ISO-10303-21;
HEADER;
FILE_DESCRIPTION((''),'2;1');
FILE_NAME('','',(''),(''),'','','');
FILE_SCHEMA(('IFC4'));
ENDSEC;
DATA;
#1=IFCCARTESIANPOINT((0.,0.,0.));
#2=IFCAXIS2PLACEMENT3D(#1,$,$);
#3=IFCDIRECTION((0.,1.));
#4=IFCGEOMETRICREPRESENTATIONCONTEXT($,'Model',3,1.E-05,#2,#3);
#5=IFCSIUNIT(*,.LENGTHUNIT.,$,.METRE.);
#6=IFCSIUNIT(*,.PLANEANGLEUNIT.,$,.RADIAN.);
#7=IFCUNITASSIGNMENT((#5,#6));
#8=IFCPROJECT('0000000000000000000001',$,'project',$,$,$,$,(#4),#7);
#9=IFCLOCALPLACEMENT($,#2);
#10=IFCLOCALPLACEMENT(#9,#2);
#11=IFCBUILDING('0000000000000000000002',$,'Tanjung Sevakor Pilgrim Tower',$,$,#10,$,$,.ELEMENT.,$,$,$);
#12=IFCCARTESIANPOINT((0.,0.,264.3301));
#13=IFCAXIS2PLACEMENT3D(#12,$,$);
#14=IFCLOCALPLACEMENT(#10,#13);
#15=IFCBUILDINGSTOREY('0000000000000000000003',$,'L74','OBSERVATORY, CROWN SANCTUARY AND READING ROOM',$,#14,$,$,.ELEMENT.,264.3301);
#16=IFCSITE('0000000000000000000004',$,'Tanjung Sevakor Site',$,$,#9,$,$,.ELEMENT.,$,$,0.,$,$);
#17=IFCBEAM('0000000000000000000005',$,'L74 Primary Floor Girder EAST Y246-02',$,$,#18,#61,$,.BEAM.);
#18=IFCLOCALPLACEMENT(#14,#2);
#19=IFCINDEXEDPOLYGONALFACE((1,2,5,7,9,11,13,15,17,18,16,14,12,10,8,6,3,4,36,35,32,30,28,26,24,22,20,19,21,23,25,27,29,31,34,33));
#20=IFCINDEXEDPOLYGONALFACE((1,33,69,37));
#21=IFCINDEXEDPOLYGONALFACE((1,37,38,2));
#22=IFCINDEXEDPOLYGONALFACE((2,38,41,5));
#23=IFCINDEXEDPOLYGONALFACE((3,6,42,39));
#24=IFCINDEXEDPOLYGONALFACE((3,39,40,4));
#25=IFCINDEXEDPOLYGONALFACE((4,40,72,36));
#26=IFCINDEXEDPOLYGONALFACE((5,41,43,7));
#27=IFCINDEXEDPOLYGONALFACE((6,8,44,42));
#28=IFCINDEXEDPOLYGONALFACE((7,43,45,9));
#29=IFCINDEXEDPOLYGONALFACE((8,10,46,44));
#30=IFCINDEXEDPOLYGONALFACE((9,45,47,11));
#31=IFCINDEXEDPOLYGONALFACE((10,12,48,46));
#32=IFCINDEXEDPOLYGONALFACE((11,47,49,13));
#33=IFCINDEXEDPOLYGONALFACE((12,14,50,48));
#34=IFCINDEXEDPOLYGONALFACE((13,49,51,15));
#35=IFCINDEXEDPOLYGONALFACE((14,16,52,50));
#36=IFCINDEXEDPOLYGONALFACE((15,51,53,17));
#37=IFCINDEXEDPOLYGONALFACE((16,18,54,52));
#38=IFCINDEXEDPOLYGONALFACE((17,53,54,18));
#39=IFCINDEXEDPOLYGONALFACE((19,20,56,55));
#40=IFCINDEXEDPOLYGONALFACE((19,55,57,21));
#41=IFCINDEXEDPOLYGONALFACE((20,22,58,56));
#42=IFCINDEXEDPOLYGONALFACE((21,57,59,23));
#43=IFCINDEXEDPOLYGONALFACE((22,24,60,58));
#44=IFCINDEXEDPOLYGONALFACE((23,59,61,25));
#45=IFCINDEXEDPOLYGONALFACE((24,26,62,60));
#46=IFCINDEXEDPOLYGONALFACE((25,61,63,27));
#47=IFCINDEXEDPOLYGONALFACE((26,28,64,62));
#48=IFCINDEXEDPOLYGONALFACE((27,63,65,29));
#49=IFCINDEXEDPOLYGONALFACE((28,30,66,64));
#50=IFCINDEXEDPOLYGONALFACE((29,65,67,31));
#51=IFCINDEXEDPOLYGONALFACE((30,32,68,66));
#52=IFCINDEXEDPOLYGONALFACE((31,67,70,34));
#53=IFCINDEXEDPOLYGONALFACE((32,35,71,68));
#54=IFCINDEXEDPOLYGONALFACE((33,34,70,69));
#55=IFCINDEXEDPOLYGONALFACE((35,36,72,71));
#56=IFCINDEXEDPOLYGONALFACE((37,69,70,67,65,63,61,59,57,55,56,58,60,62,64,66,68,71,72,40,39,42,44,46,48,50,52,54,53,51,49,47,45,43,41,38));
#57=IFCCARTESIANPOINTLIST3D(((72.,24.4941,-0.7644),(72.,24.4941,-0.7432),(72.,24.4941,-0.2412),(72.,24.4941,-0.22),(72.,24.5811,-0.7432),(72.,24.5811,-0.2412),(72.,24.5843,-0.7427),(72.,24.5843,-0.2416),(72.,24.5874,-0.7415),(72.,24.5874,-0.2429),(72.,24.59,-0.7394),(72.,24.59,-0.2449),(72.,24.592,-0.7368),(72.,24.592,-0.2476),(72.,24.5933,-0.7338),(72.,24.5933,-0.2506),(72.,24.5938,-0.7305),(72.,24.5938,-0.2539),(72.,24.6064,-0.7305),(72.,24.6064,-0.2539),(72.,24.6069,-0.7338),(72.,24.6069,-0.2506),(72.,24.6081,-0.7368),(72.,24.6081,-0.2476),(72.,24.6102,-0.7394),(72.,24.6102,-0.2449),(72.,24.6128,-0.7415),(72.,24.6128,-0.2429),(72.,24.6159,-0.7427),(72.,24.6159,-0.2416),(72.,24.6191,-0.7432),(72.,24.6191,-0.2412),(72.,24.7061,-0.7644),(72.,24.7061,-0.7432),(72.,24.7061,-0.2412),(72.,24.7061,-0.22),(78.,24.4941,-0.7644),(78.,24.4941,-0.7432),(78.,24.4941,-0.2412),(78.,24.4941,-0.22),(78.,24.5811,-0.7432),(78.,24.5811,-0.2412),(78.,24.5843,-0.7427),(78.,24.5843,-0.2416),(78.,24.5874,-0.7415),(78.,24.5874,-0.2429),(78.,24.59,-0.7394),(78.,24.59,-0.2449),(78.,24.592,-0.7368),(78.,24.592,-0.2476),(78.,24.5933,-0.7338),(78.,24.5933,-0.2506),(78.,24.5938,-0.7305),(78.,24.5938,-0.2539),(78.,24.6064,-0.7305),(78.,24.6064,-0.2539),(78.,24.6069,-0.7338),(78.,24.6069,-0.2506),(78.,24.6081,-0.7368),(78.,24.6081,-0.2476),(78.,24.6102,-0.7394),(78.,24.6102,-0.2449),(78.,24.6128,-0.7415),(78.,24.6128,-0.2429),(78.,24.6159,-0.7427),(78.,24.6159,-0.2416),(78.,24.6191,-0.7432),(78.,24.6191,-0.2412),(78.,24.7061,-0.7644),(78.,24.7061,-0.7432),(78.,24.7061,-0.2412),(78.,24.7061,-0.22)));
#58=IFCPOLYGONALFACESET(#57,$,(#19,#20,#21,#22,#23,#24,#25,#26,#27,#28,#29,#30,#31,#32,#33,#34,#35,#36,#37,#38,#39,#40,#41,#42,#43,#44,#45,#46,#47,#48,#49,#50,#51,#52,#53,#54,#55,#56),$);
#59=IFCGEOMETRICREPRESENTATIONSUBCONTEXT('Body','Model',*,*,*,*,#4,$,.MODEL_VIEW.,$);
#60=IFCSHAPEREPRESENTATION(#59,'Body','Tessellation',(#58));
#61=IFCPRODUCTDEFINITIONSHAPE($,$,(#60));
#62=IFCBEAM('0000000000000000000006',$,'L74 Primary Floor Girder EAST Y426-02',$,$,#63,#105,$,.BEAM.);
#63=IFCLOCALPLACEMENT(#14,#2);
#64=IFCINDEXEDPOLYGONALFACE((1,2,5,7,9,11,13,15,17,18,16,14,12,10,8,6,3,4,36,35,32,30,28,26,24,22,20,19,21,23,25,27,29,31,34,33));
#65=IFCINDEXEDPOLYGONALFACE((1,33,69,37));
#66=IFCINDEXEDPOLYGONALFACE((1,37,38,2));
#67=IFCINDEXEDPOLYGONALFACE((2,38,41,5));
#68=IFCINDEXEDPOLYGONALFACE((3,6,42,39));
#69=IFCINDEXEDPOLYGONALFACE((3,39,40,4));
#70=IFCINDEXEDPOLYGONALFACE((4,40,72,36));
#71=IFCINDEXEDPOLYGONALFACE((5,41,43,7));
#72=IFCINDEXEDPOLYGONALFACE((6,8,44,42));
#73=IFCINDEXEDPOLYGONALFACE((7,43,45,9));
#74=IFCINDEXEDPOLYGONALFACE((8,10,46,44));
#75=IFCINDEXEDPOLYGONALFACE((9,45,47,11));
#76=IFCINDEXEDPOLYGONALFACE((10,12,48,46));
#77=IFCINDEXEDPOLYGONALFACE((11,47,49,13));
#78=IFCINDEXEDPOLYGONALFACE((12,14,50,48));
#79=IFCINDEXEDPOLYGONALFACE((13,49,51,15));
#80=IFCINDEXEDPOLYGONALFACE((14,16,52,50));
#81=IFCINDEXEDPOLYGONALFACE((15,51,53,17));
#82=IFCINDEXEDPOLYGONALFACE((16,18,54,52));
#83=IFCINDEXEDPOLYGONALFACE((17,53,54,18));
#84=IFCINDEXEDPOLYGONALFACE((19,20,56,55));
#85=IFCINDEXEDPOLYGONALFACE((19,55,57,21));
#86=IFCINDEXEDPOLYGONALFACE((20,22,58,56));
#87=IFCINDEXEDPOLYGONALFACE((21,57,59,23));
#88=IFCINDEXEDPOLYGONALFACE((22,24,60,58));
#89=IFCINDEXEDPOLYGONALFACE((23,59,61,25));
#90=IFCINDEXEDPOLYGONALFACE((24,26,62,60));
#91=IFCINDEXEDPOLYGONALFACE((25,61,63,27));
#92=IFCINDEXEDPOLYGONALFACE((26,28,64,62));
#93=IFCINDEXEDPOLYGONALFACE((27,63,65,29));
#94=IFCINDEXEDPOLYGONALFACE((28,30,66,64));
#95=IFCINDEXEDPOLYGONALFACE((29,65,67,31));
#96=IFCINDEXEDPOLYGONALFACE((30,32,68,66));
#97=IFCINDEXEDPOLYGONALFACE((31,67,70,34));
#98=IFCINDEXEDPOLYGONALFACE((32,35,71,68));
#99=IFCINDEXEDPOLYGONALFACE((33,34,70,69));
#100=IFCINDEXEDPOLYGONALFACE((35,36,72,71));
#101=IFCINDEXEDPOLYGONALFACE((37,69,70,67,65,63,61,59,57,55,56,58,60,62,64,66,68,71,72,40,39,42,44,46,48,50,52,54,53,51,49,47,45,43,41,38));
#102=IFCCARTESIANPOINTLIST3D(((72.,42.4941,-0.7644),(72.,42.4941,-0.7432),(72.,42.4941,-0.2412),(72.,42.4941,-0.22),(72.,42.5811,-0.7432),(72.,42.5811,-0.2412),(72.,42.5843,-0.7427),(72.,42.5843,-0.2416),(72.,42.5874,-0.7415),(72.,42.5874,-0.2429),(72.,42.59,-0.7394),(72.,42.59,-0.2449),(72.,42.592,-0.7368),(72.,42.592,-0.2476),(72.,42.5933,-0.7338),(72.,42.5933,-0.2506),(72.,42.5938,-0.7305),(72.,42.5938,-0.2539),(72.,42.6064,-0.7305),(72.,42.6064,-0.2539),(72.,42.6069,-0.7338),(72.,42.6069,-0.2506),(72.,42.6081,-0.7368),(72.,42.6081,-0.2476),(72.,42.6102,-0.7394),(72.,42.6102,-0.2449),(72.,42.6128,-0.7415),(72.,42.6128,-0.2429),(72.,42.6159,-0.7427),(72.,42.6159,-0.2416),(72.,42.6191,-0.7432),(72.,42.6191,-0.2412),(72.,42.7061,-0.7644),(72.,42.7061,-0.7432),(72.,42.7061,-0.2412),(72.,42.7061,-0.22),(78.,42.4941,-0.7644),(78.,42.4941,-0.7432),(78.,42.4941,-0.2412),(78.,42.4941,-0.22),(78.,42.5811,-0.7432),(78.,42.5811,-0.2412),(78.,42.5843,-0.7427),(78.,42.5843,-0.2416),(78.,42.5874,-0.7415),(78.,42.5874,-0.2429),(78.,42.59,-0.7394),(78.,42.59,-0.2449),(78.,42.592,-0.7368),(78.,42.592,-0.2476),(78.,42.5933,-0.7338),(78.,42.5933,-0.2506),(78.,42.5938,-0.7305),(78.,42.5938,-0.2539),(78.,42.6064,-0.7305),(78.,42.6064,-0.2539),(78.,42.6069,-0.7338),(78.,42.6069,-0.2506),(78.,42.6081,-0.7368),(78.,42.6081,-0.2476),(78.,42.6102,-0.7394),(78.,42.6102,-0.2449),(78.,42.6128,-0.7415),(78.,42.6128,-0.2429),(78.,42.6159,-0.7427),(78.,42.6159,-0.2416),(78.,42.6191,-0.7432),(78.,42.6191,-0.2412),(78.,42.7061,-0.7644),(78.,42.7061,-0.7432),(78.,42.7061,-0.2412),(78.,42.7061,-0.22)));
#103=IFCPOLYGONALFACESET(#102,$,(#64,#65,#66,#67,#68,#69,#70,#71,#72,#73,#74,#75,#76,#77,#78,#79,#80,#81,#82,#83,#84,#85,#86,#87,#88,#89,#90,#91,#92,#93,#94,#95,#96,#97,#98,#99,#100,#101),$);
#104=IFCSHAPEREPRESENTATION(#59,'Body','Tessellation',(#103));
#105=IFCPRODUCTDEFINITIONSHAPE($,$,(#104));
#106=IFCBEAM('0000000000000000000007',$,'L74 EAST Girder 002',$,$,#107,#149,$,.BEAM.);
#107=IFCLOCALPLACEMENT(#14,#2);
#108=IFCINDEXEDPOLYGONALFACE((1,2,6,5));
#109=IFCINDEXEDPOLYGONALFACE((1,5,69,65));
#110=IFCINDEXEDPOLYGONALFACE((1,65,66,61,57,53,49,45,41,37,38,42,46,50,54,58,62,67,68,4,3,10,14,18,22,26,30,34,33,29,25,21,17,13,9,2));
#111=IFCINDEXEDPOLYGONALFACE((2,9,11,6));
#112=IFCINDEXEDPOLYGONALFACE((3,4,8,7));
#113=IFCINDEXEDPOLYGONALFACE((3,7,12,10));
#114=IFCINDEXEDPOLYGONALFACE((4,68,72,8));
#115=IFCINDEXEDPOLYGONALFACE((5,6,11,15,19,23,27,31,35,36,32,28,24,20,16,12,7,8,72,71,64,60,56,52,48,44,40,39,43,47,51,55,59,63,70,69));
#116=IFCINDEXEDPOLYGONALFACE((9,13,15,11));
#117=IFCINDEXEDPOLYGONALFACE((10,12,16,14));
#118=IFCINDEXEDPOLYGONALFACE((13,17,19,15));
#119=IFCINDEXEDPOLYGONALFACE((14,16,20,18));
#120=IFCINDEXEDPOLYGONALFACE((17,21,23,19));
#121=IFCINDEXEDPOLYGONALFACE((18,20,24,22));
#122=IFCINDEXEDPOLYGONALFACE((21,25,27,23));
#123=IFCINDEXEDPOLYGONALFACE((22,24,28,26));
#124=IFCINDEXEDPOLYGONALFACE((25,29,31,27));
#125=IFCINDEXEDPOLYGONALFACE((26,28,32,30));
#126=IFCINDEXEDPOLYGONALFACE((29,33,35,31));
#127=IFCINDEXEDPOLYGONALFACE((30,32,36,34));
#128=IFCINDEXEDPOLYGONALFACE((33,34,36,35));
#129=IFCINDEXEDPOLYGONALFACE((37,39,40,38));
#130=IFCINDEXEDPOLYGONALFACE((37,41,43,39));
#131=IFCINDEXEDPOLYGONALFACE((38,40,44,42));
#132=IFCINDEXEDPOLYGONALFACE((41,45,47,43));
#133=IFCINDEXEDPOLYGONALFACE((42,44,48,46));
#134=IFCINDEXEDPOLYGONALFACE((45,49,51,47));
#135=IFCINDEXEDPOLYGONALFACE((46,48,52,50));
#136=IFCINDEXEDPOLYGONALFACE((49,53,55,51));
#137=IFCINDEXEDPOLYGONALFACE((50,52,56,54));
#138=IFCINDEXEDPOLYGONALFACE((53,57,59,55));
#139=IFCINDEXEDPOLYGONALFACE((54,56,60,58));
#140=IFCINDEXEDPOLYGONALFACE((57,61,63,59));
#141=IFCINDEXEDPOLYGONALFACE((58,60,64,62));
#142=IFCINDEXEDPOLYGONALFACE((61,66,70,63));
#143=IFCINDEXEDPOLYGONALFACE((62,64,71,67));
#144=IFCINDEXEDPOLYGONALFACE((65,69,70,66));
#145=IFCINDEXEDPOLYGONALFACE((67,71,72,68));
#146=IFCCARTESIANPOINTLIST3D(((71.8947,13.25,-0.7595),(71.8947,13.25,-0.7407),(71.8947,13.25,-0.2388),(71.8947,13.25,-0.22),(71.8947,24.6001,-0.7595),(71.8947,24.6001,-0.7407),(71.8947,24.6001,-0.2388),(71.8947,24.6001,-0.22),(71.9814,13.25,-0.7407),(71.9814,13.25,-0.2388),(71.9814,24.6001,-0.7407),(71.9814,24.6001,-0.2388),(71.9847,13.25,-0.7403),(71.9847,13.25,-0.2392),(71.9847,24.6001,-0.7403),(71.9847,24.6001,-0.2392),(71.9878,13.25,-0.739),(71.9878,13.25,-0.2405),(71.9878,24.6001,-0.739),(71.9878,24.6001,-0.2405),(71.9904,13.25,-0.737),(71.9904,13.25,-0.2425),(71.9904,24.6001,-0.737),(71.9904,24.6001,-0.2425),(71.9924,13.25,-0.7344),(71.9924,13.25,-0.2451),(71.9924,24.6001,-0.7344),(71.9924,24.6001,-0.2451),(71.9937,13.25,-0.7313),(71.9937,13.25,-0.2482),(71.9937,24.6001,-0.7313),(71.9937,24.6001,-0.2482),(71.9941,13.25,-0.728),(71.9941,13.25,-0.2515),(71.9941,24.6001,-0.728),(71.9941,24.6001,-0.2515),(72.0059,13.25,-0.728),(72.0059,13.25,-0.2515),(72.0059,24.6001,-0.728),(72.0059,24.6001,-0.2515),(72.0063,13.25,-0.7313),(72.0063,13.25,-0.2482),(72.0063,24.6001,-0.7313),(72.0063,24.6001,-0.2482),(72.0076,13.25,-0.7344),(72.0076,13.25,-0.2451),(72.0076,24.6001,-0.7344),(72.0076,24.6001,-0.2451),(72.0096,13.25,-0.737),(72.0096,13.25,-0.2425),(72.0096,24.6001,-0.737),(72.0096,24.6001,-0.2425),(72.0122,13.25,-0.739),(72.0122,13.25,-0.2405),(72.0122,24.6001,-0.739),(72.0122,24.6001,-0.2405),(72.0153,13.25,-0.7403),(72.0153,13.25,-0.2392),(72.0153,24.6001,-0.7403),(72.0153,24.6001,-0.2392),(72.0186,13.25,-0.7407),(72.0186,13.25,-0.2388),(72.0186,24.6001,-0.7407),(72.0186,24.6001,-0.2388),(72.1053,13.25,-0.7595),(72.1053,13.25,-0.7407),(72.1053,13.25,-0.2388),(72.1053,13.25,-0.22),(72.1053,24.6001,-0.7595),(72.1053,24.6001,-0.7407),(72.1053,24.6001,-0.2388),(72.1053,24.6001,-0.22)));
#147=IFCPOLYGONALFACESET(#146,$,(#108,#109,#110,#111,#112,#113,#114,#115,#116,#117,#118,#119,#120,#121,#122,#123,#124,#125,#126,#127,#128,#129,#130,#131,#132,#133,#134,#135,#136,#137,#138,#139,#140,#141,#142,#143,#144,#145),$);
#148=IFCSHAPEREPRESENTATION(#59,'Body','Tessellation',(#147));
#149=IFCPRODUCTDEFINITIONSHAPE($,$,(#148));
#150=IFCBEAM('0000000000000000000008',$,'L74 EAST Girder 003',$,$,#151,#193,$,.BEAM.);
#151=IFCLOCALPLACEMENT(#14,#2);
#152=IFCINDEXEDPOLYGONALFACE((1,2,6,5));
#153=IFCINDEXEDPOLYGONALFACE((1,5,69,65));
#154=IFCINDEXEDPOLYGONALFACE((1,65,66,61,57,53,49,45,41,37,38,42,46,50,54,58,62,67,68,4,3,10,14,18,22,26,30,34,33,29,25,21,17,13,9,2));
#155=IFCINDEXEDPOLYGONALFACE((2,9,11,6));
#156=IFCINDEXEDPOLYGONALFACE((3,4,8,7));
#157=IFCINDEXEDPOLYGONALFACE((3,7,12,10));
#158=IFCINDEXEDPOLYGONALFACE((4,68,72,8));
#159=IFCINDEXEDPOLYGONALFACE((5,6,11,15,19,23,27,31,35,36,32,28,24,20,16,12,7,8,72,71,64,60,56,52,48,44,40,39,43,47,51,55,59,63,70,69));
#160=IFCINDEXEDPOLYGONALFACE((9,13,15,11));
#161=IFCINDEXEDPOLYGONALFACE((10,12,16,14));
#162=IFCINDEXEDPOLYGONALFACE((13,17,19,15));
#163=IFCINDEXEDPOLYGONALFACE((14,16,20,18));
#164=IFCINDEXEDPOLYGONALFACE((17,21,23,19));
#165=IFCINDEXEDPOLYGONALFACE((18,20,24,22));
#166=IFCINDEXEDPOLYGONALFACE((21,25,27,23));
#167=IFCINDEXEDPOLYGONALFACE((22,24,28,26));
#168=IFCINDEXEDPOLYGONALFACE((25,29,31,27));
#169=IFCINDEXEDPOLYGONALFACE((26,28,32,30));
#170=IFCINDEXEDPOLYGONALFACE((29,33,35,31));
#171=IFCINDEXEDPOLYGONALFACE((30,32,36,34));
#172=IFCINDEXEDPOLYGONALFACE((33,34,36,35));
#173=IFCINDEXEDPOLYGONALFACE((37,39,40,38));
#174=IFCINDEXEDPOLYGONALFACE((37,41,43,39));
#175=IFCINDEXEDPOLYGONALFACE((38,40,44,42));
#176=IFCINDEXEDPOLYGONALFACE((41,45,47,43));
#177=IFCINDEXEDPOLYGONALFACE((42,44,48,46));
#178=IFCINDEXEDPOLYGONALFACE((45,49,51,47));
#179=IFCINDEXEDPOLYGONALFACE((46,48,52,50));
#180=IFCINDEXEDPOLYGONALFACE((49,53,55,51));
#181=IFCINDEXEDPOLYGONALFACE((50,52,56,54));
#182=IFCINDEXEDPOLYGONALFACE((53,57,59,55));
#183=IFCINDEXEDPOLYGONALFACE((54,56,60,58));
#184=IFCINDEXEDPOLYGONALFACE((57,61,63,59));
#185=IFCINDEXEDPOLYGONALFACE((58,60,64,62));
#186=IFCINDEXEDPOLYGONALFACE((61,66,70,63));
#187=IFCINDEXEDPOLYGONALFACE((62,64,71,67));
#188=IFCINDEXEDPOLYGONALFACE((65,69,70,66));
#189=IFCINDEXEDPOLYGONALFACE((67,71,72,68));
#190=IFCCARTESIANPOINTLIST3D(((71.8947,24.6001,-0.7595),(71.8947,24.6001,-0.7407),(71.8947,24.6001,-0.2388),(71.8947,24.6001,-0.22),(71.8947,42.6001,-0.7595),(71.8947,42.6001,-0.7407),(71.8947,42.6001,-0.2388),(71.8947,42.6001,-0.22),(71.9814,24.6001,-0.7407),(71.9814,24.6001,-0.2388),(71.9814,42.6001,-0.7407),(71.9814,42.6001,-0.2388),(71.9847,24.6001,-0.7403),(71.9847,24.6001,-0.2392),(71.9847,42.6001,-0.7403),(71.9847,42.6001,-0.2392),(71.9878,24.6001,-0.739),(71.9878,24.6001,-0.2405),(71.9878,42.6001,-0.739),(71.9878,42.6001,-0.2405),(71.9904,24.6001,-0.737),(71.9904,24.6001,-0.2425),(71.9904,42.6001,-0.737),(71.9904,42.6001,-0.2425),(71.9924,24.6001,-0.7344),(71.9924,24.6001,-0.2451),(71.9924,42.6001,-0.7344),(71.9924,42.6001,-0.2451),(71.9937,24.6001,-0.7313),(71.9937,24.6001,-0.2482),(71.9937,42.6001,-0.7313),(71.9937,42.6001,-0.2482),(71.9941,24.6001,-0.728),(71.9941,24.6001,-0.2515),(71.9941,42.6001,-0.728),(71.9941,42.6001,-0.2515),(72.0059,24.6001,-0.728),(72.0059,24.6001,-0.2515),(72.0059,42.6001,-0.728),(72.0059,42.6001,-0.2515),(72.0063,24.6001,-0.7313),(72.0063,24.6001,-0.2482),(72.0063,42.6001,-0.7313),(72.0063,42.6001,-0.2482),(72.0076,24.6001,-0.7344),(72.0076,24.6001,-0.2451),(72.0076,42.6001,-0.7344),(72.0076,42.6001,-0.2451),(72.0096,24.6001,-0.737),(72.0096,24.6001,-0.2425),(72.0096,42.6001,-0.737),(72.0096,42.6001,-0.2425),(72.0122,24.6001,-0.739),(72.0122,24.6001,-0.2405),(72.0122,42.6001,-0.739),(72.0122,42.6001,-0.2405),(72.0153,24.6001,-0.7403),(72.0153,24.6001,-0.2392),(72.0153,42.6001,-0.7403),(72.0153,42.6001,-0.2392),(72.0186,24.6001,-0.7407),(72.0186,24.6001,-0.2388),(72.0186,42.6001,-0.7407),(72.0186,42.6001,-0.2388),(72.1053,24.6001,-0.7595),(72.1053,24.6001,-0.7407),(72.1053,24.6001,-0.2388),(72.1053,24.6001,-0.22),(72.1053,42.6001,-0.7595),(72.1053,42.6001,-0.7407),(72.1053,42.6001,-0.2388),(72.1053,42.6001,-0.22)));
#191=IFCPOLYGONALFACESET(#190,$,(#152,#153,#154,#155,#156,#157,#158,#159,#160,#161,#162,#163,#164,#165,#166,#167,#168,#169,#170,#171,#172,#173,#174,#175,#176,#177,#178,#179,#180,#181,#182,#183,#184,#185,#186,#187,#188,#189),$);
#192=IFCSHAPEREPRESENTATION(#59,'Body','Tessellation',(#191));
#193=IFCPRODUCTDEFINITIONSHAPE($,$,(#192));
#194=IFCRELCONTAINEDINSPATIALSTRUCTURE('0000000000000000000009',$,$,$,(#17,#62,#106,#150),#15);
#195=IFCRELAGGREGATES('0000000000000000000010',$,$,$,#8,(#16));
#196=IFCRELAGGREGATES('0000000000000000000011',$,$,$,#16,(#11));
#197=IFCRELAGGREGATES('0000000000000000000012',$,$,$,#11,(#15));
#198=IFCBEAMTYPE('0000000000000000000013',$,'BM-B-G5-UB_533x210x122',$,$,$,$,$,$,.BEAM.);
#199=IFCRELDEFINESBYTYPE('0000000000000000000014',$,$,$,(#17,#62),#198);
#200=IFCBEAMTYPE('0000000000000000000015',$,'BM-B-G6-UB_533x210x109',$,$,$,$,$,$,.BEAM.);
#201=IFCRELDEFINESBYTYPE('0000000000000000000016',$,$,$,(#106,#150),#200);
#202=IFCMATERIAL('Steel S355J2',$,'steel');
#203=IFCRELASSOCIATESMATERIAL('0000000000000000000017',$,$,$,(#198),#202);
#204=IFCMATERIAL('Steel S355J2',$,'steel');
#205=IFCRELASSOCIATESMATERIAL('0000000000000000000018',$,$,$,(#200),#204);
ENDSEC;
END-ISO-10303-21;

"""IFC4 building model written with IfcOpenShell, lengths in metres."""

from ifc_helpers import new_model, si_unit, direction, frame, origin, origin_2d, place, context, subcontext, project, spatial, i_section, extrude, material, material_profile, profile_set, type_object, element, save


model = new_model("IFC4")

# Units and contexts
model_context = context("Model", 3, precision=1e-05, world=origin(), true_north=direction((0.0, 1.0)))
body_context = subcontext(model_context, "Body", "Model", "MODEL_VIEW")
ifc_project = project(units=[si_unit("LENGTHUNIT", "METRE"), si_unit("PLANEANGLEUNIT", "RADIAN")], contexts=[model_context])

# Site, building, storey
site_placement = place(None, origin())
site = spatial("IfcSite", under=ifc_project, at=site_placement, Name="Tanjung Sevakor Site", CompositionType="ELEMENT", RefElevation=0.0)
building_placement = place(site_placement, origin())
building = spatial("IfcBuilding", under=site, at=building_placement, Name="Tanjung Sevakor Pilgrim Tower", CompositionType="ELEMENT")
storey_placement = place(building_placement, frame((0.0, 0.0, 264.3301)))
storey = spatial("IfcBuildingStorey", under=building, at=storey_placement, Name="L74", Description="OBSERVATORY, CROWN SANCTUARY AND READING ROOM", CompositionType="ELEMENT", Elevation=264.3301)

# Beams
ifc_material_1 = material(Name="Steel S355J2", Category="steel")
ifc_material_profile_1 = material_profile(ifc_material_1, i_section(OverallWidth=0.2119, OverallDepth=0.5444, WebThickness=0.0127, FlangeThickness=0.0212, FilletRadius=0.0127, at=origin_2d()))
ifc_profile_set_1 = profile_set([ifc_material_profile_1], Name="Steel S355J2")
beam_type_1 = type_object("IfcBeamType", Name="BM-B-G5-UB_533x210x122", PredefinedType="BEAM", material=ifc_profile_set_1)
for number, where, z_axis, x_axis, name in (
    (1, (72.0, 24.6001, -0.4922), (1.0, 0.0, 0.0), (0.0, 1.0, 0.0), "L74 Primary Floor Girder EAST Y246-02"),
    (2, (72.0, 42.6001, -0.4922), (1.0, 0.0, 0.0), (0.0, 1.0, 0.0), "L74 Primary Floor Girder EAST Y426-02"),
):
    element("IfcBeam", number, at=place(storey_placement, frame(where, z_axis=z_axis, x_axis=x_axis)), inside=storey, type_object=beam_type_1, Name=name, PredefinedType="BEAM", context=body_context, shape_type="SweptSolid", body=[
        extrude(i_section(OverallWidth=0.2119, OverallDepth=0.5444, WebThickness=0.0127, FlangeThickness=0.0212, FilletRadius=0.0127, at=origin_2d()), origin(), (0.0, 0.0, 1.0), 6.0),
    ])
ifc_material_2 = material(Name="Steel S355J2", Category="steel")
ifc_material_profile_2 = material_profile(ifc_material_2, i_section(OverallWidth=0.2107, OverallDepth=0.5396, WebThickness=0.0117, FlangeThickness=0.0188, FilletRadius=0.0127, at=origin_2d()))
ifc_profile_set_2 = profile_set([ifc_material_profile_2], Name="Steel S355J2")
beam_type_2 = type_object("IfcBeamType", Name="BM-B-G6-UB_533x210x109", PredefinedType="BEAM", material=ifc_profile_set_2)
beam_1_placement = place(storey_placement, frame((72.0, 13.25, -0.4897), z_axis=(0.0, 1.0, 0.0), x_axis=(-1.0, 0.0, 0.0)))
element("IfcBeam", 3, at=beam_1_placement, inside=storey, type_object=beam_type_2, Name="L74 EAST Girder 002", PredefinedType="BEAM", context=body_context, shape_type="SweptSolid", body=[
    extrude(i_section(OverallWidth=0.2107, OverallDepth=0.5396, WebThickness=0.0117, FlangeThickness=0.0188, FilletRadius=0.0127, at=origin_2d()), origin(), (0.0, 0.0, 1.0), 11.3501),
])
beam_2_placement = place(storey_placement, frame((72.0, 24.6001, -0.4897), z_axis=(0.0, 1.0, 0.0), x_axis=(-1.0, 0.0, 0.0)))
element("IfcBeam", 4, at=beam_2_placement, inside=storey, type_object=beam_type_2, Name="L74 EAST Girder 003", PredefinedType="BEAM", context=body_context, shape_type="SweptSolid", body=[
    extrude(i_section(OverallWidth=0.2107, OverallDepth=0.5396, WebThickness=0.0117, FlangeThickness=0.0188, FilletRadius=0.0127, at=origin_2d()), origin(), (0.0, 0.0, 1.0), 18.0),
])

save(model, "model.ifc")
